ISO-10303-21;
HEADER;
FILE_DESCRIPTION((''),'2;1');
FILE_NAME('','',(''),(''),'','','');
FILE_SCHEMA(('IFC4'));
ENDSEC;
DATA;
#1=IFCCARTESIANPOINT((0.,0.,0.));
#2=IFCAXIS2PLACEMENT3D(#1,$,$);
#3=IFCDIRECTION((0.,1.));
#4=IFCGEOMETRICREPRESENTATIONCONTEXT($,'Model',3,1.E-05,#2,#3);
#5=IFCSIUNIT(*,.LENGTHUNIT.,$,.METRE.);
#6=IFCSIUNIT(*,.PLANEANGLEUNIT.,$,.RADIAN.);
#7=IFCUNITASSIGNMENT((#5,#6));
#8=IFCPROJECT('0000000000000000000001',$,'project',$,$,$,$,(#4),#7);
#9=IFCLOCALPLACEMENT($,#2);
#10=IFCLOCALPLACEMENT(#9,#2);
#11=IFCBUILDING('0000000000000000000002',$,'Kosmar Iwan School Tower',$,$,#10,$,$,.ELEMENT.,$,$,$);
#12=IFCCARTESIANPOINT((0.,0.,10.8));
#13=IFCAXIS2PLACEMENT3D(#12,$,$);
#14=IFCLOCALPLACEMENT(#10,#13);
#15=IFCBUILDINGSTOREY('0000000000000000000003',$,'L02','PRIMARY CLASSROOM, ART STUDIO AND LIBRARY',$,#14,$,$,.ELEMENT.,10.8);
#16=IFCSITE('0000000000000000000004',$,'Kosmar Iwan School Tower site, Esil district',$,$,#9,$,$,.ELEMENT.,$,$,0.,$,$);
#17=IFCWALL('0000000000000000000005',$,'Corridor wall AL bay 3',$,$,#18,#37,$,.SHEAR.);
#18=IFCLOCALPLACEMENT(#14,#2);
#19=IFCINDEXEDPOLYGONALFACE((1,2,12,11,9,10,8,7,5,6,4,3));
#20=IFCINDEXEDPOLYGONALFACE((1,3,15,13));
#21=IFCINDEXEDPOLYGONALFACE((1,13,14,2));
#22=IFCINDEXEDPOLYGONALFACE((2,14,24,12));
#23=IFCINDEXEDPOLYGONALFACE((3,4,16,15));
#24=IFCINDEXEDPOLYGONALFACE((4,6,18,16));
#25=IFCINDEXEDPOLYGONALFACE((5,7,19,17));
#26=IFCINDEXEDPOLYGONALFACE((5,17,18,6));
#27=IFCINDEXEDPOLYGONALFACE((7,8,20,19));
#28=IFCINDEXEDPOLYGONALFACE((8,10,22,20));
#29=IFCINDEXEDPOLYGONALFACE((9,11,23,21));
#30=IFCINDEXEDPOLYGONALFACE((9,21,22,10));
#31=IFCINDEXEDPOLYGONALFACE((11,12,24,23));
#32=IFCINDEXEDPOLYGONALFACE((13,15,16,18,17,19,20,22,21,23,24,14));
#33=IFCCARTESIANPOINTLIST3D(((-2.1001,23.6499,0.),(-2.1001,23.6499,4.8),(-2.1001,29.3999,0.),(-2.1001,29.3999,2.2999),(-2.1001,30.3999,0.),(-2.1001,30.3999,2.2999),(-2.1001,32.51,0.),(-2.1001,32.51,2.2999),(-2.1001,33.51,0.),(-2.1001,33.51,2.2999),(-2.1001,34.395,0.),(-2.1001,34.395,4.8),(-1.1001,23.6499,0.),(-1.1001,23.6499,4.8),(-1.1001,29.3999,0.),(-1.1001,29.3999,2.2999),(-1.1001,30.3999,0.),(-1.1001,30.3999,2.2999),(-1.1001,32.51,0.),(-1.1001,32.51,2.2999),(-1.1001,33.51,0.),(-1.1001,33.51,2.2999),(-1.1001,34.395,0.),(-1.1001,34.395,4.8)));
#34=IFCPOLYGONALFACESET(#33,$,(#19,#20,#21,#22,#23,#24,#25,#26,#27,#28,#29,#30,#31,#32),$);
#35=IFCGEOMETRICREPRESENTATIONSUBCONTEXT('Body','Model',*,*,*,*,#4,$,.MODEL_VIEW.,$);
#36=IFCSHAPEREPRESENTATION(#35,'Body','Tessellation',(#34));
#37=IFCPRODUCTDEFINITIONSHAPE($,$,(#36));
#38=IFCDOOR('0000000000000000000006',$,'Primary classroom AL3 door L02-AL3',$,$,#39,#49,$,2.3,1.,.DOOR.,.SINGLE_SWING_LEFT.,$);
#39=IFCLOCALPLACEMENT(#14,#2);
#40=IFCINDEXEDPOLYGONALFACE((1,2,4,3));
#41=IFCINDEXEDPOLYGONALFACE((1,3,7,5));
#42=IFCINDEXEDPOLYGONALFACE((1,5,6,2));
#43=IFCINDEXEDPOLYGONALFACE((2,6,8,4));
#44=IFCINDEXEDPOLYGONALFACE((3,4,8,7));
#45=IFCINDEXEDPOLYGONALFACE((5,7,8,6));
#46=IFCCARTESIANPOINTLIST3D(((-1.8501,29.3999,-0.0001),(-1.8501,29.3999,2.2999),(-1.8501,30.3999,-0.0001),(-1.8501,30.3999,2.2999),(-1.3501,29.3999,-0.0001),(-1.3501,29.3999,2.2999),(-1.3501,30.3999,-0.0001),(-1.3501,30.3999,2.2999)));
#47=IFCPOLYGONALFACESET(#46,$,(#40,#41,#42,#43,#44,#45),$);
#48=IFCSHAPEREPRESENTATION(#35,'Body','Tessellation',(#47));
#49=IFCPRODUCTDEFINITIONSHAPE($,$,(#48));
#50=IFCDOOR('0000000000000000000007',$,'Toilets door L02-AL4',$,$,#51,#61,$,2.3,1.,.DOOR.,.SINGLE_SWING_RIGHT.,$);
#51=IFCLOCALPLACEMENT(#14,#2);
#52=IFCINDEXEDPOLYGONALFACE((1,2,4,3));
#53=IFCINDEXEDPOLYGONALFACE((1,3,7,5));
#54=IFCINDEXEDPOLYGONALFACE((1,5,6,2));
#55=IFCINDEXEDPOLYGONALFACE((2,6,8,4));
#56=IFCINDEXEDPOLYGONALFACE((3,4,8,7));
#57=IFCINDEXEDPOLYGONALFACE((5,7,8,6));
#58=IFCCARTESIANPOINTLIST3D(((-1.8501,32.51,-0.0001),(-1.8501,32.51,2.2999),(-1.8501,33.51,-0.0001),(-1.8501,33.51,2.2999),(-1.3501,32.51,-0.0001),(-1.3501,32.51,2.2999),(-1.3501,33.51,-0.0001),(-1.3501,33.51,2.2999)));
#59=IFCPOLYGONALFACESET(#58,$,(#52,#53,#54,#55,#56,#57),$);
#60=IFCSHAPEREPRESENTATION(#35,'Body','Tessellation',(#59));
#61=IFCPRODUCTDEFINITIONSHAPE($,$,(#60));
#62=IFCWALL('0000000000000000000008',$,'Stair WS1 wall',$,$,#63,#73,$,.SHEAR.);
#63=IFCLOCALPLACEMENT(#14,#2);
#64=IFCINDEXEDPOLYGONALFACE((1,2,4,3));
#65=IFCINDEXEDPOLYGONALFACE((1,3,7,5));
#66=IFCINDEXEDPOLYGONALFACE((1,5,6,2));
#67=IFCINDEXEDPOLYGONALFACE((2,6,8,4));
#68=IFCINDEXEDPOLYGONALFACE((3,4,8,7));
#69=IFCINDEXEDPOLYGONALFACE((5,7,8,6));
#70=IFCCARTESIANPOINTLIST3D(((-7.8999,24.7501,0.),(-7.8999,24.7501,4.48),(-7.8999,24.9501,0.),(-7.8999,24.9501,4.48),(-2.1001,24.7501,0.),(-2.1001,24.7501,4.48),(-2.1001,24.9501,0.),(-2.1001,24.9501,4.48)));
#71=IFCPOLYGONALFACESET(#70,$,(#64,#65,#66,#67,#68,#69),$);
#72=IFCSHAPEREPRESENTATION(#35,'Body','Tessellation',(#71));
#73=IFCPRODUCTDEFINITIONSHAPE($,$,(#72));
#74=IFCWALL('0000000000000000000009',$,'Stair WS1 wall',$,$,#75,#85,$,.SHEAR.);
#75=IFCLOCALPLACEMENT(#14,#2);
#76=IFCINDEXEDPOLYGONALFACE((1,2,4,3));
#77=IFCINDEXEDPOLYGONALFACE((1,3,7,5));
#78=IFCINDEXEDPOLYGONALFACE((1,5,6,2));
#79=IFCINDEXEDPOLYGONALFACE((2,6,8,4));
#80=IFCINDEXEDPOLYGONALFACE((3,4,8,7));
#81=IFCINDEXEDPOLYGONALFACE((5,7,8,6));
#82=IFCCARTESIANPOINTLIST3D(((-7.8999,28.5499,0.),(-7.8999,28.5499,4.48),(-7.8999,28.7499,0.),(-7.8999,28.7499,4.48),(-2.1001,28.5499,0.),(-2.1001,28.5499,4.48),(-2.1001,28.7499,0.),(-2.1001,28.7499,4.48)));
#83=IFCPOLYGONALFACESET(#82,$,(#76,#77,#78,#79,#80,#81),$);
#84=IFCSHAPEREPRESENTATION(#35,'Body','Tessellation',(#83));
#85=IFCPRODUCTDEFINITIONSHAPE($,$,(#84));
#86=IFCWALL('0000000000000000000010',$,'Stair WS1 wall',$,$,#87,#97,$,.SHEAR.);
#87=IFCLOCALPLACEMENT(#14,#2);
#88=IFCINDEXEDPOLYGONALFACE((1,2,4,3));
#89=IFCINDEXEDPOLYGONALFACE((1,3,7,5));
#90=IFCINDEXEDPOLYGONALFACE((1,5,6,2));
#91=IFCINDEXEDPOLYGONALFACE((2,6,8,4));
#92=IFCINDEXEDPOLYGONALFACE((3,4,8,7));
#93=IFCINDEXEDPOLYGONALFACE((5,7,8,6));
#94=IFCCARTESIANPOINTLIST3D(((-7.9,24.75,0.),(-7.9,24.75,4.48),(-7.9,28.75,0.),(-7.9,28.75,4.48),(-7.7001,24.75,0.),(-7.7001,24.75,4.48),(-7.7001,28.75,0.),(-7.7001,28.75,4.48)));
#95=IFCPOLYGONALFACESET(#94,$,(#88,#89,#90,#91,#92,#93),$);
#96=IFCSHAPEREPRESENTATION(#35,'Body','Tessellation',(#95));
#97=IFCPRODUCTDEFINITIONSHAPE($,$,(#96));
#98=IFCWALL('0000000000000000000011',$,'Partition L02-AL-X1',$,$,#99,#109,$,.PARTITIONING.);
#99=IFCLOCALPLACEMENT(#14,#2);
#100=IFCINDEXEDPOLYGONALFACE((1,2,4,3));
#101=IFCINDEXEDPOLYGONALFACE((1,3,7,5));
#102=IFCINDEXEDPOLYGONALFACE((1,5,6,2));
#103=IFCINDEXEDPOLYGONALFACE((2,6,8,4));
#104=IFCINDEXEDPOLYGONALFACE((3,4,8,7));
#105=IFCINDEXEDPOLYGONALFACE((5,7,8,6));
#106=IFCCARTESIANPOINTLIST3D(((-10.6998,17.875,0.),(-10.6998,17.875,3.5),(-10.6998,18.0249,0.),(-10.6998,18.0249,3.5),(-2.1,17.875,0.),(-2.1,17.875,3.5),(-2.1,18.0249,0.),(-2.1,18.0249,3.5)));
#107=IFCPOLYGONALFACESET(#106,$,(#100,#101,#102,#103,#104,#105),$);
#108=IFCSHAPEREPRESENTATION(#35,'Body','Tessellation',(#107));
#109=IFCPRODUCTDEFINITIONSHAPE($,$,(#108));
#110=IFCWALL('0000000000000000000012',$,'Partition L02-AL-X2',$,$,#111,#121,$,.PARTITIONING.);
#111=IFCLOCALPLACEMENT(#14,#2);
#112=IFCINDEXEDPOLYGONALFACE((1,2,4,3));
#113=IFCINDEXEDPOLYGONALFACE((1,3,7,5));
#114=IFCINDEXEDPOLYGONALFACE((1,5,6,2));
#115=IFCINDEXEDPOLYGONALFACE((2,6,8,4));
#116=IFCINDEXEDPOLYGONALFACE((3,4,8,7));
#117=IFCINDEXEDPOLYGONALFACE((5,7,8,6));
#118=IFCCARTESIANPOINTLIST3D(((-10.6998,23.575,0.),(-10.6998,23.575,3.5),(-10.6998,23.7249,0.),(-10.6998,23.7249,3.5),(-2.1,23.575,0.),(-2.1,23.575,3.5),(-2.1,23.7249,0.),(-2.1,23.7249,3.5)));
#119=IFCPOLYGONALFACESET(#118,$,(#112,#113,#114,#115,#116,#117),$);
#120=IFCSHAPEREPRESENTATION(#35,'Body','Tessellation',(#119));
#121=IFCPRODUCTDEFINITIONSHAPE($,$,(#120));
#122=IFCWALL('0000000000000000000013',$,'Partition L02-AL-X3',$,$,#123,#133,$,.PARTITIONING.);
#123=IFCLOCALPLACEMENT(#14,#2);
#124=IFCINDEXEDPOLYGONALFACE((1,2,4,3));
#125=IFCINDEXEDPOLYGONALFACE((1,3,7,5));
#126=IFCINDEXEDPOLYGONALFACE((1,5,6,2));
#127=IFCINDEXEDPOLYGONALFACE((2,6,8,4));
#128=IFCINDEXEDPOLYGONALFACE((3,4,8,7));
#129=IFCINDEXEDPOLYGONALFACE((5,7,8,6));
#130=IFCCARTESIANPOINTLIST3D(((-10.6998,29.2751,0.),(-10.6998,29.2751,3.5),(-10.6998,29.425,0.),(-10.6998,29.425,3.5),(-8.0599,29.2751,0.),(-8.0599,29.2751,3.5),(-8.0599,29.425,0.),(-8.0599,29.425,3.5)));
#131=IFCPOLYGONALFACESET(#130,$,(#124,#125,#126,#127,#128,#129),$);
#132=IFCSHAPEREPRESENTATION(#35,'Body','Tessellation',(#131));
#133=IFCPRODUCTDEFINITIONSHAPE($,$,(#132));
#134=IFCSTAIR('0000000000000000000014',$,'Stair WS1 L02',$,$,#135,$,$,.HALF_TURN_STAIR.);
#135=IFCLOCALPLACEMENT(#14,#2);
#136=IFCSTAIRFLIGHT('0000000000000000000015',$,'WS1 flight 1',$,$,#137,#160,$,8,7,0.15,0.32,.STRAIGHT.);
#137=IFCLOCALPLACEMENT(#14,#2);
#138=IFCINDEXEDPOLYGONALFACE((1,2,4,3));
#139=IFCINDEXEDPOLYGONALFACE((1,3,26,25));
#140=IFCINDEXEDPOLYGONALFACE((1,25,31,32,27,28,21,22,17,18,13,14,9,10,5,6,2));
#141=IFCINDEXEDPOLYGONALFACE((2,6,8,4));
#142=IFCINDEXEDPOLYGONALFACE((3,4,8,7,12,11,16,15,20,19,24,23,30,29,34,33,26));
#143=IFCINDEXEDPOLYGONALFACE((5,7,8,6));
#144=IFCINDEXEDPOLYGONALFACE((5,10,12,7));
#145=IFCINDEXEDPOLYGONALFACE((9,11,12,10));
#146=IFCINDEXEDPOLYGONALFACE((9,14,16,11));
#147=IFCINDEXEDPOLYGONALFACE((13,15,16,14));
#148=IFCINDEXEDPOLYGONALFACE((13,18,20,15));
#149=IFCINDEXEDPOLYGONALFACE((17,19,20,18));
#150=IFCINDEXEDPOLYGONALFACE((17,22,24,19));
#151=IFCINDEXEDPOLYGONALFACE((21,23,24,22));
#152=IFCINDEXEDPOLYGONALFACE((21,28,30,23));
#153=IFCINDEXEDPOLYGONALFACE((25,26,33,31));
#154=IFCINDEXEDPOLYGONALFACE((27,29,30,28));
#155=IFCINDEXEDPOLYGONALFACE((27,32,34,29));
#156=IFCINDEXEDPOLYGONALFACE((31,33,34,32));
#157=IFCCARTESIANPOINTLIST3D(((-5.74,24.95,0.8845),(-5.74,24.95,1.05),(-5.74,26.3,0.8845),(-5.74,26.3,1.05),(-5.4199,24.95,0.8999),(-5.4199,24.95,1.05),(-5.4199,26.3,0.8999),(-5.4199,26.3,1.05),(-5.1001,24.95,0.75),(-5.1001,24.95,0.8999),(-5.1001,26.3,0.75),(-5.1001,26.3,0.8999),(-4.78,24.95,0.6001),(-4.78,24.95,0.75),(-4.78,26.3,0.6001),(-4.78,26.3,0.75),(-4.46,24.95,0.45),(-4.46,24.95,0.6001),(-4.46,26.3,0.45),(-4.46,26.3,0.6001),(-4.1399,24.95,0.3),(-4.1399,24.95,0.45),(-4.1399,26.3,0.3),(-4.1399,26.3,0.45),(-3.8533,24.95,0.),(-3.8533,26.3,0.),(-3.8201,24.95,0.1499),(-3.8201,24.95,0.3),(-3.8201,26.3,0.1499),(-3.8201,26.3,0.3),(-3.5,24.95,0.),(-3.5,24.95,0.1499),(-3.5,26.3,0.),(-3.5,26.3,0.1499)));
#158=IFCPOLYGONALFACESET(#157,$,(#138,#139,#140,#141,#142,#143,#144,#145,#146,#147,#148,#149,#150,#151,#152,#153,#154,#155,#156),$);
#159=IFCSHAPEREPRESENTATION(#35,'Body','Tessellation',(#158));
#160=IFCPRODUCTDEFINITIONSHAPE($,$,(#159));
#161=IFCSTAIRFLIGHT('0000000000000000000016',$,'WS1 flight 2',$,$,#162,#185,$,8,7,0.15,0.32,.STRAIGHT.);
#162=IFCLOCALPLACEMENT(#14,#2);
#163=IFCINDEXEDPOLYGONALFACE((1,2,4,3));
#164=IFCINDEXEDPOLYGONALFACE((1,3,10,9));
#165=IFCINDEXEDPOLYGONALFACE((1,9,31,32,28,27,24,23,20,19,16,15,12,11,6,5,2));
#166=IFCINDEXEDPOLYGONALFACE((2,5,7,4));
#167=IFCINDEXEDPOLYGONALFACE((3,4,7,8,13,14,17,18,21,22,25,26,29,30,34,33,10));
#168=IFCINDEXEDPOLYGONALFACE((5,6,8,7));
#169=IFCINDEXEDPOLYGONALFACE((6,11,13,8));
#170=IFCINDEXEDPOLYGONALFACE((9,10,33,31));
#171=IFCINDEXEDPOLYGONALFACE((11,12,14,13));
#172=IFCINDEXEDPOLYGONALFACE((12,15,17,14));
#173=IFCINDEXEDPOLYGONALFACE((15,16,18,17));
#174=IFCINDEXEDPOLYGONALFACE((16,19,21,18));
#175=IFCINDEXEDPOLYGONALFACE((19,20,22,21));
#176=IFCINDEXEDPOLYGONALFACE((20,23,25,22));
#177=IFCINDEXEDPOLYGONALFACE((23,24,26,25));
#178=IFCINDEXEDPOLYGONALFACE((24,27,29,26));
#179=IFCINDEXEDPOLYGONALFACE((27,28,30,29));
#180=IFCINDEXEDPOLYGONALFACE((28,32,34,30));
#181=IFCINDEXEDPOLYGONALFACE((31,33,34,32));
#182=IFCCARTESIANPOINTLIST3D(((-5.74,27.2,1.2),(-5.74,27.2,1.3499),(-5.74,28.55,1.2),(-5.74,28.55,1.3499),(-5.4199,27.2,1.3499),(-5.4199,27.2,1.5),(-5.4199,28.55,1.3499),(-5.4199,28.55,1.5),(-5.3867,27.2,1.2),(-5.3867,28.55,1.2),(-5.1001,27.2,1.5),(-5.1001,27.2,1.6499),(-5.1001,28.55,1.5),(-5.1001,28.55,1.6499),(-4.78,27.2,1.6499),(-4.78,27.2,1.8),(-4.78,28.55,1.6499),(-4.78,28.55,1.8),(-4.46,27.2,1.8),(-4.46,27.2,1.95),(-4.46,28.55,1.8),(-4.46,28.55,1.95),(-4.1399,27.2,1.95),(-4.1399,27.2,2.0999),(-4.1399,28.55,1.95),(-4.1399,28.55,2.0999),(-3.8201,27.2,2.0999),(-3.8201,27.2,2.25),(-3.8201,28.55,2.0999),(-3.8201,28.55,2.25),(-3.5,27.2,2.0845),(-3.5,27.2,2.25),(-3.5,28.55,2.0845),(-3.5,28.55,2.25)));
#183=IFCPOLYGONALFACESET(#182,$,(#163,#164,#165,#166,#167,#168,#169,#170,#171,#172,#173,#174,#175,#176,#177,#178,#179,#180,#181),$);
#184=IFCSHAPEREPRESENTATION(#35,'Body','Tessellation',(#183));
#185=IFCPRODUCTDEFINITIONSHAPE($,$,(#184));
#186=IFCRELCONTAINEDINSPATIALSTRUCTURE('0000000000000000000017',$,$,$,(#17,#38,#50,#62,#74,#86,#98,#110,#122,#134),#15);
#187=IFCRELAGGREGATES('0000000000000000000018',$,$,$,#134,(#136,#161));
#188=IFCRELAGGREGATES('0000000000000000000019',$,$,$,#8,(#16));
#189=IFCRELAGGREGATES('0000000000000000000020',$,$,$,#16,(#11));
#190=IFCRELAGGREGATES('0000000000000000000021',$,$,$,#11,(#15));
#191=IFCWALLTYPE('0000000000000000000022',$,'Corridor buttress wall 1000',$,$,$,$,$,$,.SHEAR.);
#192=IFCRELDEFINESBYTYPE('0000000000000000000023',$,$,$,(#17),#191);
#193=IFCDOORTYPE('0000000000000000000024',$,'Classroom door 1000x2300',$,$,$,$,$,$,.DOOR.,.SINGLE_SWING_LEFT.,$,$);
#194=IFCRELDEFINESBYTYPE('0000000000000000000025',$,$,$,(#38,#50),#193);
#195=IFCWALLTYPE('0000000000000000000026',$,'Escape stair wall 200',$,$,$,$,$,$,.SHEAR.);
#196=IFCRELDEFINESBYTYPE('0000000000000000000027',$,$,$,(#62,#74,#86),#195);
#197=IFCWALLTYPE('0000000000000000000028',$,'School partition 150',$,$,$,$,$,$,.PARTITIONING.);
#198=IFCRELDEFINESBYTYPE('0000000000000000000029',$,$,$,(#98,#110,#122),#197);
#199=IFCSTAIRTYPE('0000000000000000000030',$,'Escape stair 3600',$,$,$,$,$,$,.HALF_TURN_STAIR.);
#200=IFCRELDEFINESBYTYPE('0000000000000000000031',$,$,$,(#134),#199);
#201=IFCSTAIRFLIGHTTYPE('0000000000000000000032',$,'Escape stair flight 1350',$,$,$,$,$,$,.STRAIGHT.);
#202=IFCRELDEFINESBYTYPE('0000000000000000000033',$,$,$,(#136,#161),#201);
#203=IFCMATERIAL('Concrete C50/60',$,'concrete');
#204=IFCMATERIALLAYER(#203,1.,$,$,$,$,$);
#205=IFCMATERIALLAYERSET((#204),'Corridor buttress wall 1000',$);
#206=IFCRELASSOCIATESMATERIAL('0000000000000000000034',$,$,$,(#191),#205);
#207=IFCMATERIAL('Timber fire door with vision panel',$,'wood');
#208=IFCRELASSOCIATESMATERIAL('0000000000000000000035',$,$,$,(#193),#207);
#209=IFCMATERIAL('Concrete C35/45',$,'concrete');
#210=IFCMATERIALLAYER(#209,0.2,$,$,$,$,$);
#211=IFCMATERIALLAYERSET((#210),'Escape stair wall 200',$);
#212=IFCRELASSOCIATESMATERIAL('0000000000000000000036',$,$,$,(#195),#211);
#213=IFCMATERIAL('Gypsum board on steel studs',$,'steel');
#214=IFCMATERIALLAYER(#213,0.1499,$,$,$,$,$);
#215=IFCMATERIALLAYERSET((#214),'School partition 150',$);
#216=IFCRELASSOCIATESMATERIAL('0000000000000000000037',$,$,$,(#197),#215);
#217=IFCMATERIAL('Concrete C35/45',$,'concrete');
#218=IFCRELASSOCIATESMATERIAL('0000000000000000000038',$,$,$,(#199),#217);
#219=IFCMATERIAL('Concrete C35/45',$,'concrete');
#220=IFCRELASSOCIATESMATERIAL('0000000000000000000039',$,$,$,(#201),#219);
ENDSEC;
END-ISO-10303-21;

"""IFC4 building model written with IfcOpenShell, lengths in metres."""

from ifc_helpers import new_model, si_unit, direction, frame, frame_2d, origin, place, context, subcontext, project, spatial, polyline, rectangle, outline, extrude, material, layer, layer_set, type_object, element, fill, aggregate, save


model = new_model("IFC4")

# Units and contexts
model_context = context("Model", 3, precision=1e-05, world=origin(), true_north=direction((0.0, 1.0)))
body_context = subcontext(model_context, "Body", "Model", "MODEL_VIEW")
ifc_project = project(units=[si_unit("LENGTHUNIT", "METRE"), si_unit("PLANEANGLEUNIT", "RADIAN")], contexts=[model_context])

# Site, building, storey
site_placement = place(None, origin())
site = spatial("IfcSite", under=ifc_project, at=site_placement, Name="Kosmar Iwan School Tower site, Esil district", CompositionType="ELEMENT", RefElevation=0.0)
building_placement = place(site_placement, origin())
building = spatial("IfcBuilding", under=site, at=building_placement, Name="Kosmar Iwan School Tower", CompositionType="ELEMENT")
storey_placement = place(building_placement, frame((0.0, 0.0, 10.8)))
storey = spatial("IfcBuildingStorey", under=building, at=storey_placement, Name="L02", Description="PRIMARY CLASSROOM, ART STUDIO AND LIBRARY", CompositionType="ELEMENT", Elevation=10.8)

# Shared definitions
ifc_material_1 = material(Name="Concrete C50/60", Category="concrete")
ifc_layer_1 = layer(ifc_material_1, 1.0)
ifc_layer_set_1 = layer_set([ifc_layer_1], Name="Corridor buttress wall 1000")
wall_type_1 = type_object("IfcWallType", Name="Corridor buttress wall 1000", PredefinedType="SHEAR", material=ifc_layer_set_1)
ifc_material_2 = material(Name="Timber fire door with vision panel", Category="wood")
door_type = type_object("IfcDoorType", Name="Classroom door 1000x2300", OperationType="SINGLE_SWING_LEFT", PredefinedType="DOOR", material=ifc_material_2)

# Wall, openings, doors
wall_1_placement = place(storey_placement, frame((-1.6001, 23.6499, 0.0), z_axis=(0.0, 0.0, 1.0), x_axis=(0.0, 1.0, 0.0)))
wall_1 = element("IfcWall", 1, at=wall_1_placement, inside=storey, type_object=wall_type_1, Name="Corridor wall AL bay 3", PredefinedType="SHEAR", context=body_context, shape_type="SweptSolid", body=[
    extrude(rectangle(XDim=10.7451, YDim=1.0, at=frame_2d((5.3726, 0.0))), origin(), (0.0, 0.0, 1.0), 4.8),
])
opening_1_placement = place(wall_1_placement, frame((5.75, 0.0, 0.0)))
opening_1 = element("IfcOpeningElement", 2, at=opening_1_placement, cuts=wall_1, PredefinedType="OPENING", context=body_context, shape_type="SweptSolid", body=[
    extrude(rectangle(XDim=1.0, YDim=2.3, at=frame_2d((0.5, 1.1499))), frame((0.0, 0.512, 0.0), z_axis=(0.0, -1.0, 0.0), x_axis=(1.0, 0.0, 0.0)), (0.0, 0.0, 1.0), 1.0239),
])
opening_2_placement = place(wall_1_placement, frame((8.8601, 0.0, 0.0)))
opening_2 = element("IfcOpeningElement", 3, at=opening_2_placement, cuts=wall_1, PredefinedType="OPENING", context=body_context, shape_type="SweptSolid", body=[
    extrude(rectangle(XDim=1.0, YDim=2.3, at=frame_2d((0.5, 1.1499))), frame((0.0, 0.512, 0.0), z_axis=(0.0, -1.0, 0.0), x_axis=(1.0, 0.0, 0.0)), (0.0, 0.0, 1.0), 1.0239),
])
door_1_placement = place(opening_1_placement, origin())
door_1 = element("IfcDoor", 4, at=door_1_placement, inside=storey, type_object=door_type, Name="Primary classroom AL3 door L02-AL3", OperationType="SINGLE_SWING_LEFT", OverallHeight=2.3, OverallWidth=1.0, PredefinedType="DOOR", context=body_context, shape_type="SweptSolid", body=[
    extrude(rectangle(XDim=1.0, YDim=2.3, at=frame_2d((0.5, 1.1499))), frame((0.0, 0.25, 0.0), z_axis=(0.0, -1.0, 0.0), x_axis=(1.0, 0.0, 0.0)), (0.0, 0.0, 1.0), 0.5),
])
fill(opening_1, door_1)
door_2_placement = place(opening_2_placement, origin())
door_2 = element("IfcDoor", 5, at=door_2_placement, inside=storey, type_object=door_type, Name="Toilets door L02-AL4", OperationType="SINGLE_SWING_RIGHT", OverallHeight=2.3, OverallWidth=1.0, PredefinedType="DOOR", context=body_context, shape_type="SweptSolid", body=[
    extrude(rectangle(XDim=1.0, YDim=2.3, at=frame_2d((0.5, 1.1499))), frame((0.0, 0.25, 0.0), z_axis=(0.0, -1.0, 0.0), x_axis=(1.0, 0.0, 0.0)), (0.0, 0.0, 1.0), 0.5),
])
fill(opening_2, door_2)

# Walls
ifc_material_3 = material(Name="Concrete C35/45", Category="concrete")
ifc_layer_2 = layer(ifc_material_3, 0.2)
ifc_layer_set_2 = layer_set([ifc_layer_2], Name="Escape stair wall 200")
wall_type_2 = type_object("IfcWallType", Name="Escape stair wall 200", PredefinedType="SHEAR", material=ifc_layer_set_2)
for number, where, z_axis, x_axis, name in (
    (6, (-2.1001, 24.8501, 0.0), (0.0, 0.0, 1.0), (-1.0, 0.0, 0.0), "Stair WS1 wall"),
    (7, (-2.1001, 28.6499, 0.0), (0.0, 0.0, 1.0), (-1.0, 0.0, 0.0), "Stair WS1 wall"),
):
    element("IfcWall", number, at=place(storey_placement, frame(where, z_axis=z_axis, x_axis=x_axis)), inside=storey, type_object=wall_type_2, Name=name, PredefinedType="SHEAR", context=body_context, shape_type="SweptSolid", body=[
        extrude(rectangle(XDim=5.7998, YDim=0.2, at=frame_2d((2.8999, 0.0))), origin(), (0.0, 0.0, 1.0), 4.48),
    ])
wall_2_placement = place(storey_placement, frame((-7.8, 24.75, 0.0), z_axis=(0.0, 0.0, 1.0), x_axis=(0.0, 1.0, 0.0)))
element("IfcWall", 8, at=wall_2_placement, inside=storey, type_object=wall_type_2, Name="Stair WS1 wall", PredefinedType="SHEAR", context=body_context, shape_type="SweptSolid", body=[
    extrude(rectangle(XDim=4.0, YDim=0.2, at=frame_2d((2.0, 0.0))), origin(), (0.0, 0.0, 1.0), 4.48),
])
ifc_material_4 = material(Name="Gypsum board on steel studs", Category="steel")
ifc_layer_3 = layer(ifc_material_4, 0.1499)
ifc_layer_set_3 = layer_set([ifc_layer_3], Name="School partition 150")
wall_type_3 = type_object("IfcWallType", Name="School partition 150", PredefinedType="PARTITIONING", material=ifc_layer_set_3)
for number, where, z_axis, x_axis, name in (
    (9, (-2.1001, 17.95, 0.0), (0.0, 0.0, 1.0), (-1.0, 0.0, 0.0), "Partition L02-AL-X1"),
    (10, (-2.1001, 23.6499, 0.0), (0.0, 0.0, 1.0), (-1.0, 0.0, 0.0), "Partition L02-AL-X2"),
):
    element("IfcWall", number, at=place(storey_placement, frame(where, z_axis=z_axis, x_axis=x_axis)), inside=storey, type_object=wall_type_3, Name=name, PredefinedType="PARTITIONING", context=body_context, shape_type="SweptSolid", body=[
        extrude(rectangle(XDim=8.5999, YDim=0.1499, at=frame_2d((4.2998, 0.0))), origin(), (0.0, 0.0, 1.0), 3.5),
    ])
wall_3_placement = place(storey_placement, frame((-8.0601, 29.3501, 0.0), z_axis=(0.0, 0.0, 1.0), x_axis=(-1.0, 0.0, 0.0)))
element("IfcWall", 11, at=wall_3_placement, inside=storey, type_object=wall_type_3, Name="Partition L02-AL-X3", PredefinedType="PARTITIONING", context=body_context, shape_type="SweptSolid", body=[
    extrude(rectangle(XDim=2.6399, YDim=0.1499, at=frame_2d((1.3198, 0.0))), origin(), (0.0, 0.0, 1.0), 3.5),
])

# Stair, stair flights
ifc_material_5 = material(Name="Concrete C35/45", Category="concrete")
stair_type = type_object("IfcStairType", Name="Escape stair 3600", PredefinedType="HALF_TURN_STAIR", material=ifc_material_5)
stair_placement = place(storey_placement, origin())
stair = element("IfcStair", 12, at=stair_placement, inside=storey, type_object=stair_type, Name="Stair WS1 L02", PredefinedType="HALF_TURN_STAIR")
ifc_material_6 = material(Name="Concrete C35/45", Category="concrete")
stair_flight_type = type_object("IfcStairFlightType", Name="Escape stair flight 1350", PredefinedType="STRAIGHT", material=ifc_material_6)
stair_flight_1_placement = place(storey_placement, frame((-3.5, 25.625, 0.0), z_axis=(0.0, 0.0, 1.0), x_axis=(-1.0, 0.0, 0.0)))
stair_flight_1 = element("IfcStairFlight", 13, at=stair_flight_1_placement, type_object=stair_flight_type, Name="WS1 flight 1", NumberOfRisers=8, NumberOfTreads=7, PredefinedType="STRAIGHT", RiserHeight=0.15, TreadLength=0.32, context=body_context, shape_type="SweptSolid", body=[
    extrude(outline(polyline([(0.0, 0.0), (0.0, 0.1499), (0.3201, 0.1499), (0.3201, 0.3), (0.6399, 0.3), (0.6399, 0.45), (0.96, 0.45), (0.96, 0.6001), (1.28, 0.6001), (1.28, 0.75), (1.6001, 0.75), (1.6001, 0.8999), (1.9199, 0.8999), (1.9199, 1.05), (2.24, 1.05), (2.24, 1.2), (2.24, 0.8845), (0.3533, 0.0), (0.0, 0.0)])), frame((0.0, 0.675, 0.0), z_axis=(0.0, -1.0, 0.0), x_axis=(1.0, 0.0, 0.0)), (0.0, 0.0, 1.0), 1.3501),
])
stair_flight_2_placement = place(storey_placement, frame((-5.74, 27.875, 1.2), z_axis=(0.0, 0.0, 1.0), x_axis=(1.0, 0.0, 0.0)))
stair_flight_2 = element("IfcStairFlight", 14, at=stair_flight_2_placement, type_object=stair_flight_type, Name="WS1 flight 2", NumberOfRisers=8, NumberOfTreads=7, PredefinedType="STRAIGHT", RiserHeight=0.15, TreadLength=0.32, context=body_context, shape_type="SweptSolid", body=[
    extrude(outline(polyline([(0.0, 0.0), (0.0, 0.1499), (0.3201, 0.1499), (0.3201, 0.3), (0.6399, 0.3), (0.6399, 0.45), (0.96, 0.45), (0.96, 0.6001), (1.28, 0.6001), (1.28, 0.75), (1.6001, 0.75), (1.6001, 0.8999), (1.9199, 0.8999), (1.9199, 1.05), (2.24, 1.05), (2.24, 1.2), (2.24, 0.8845), (0.3533, 0.0), (0.0, 0.0)])), frame((0.0, 0.675, 0.0), z_axis=(0.0, -1.0, 0.0), x_axis=(1.0, 0.0, 0.0)), (0.0, 0.0, 1.0), 1.3501),
])
aggregate(stair, [stair_flight_1, stair_flight_2])

save(model, "model.ifc")
